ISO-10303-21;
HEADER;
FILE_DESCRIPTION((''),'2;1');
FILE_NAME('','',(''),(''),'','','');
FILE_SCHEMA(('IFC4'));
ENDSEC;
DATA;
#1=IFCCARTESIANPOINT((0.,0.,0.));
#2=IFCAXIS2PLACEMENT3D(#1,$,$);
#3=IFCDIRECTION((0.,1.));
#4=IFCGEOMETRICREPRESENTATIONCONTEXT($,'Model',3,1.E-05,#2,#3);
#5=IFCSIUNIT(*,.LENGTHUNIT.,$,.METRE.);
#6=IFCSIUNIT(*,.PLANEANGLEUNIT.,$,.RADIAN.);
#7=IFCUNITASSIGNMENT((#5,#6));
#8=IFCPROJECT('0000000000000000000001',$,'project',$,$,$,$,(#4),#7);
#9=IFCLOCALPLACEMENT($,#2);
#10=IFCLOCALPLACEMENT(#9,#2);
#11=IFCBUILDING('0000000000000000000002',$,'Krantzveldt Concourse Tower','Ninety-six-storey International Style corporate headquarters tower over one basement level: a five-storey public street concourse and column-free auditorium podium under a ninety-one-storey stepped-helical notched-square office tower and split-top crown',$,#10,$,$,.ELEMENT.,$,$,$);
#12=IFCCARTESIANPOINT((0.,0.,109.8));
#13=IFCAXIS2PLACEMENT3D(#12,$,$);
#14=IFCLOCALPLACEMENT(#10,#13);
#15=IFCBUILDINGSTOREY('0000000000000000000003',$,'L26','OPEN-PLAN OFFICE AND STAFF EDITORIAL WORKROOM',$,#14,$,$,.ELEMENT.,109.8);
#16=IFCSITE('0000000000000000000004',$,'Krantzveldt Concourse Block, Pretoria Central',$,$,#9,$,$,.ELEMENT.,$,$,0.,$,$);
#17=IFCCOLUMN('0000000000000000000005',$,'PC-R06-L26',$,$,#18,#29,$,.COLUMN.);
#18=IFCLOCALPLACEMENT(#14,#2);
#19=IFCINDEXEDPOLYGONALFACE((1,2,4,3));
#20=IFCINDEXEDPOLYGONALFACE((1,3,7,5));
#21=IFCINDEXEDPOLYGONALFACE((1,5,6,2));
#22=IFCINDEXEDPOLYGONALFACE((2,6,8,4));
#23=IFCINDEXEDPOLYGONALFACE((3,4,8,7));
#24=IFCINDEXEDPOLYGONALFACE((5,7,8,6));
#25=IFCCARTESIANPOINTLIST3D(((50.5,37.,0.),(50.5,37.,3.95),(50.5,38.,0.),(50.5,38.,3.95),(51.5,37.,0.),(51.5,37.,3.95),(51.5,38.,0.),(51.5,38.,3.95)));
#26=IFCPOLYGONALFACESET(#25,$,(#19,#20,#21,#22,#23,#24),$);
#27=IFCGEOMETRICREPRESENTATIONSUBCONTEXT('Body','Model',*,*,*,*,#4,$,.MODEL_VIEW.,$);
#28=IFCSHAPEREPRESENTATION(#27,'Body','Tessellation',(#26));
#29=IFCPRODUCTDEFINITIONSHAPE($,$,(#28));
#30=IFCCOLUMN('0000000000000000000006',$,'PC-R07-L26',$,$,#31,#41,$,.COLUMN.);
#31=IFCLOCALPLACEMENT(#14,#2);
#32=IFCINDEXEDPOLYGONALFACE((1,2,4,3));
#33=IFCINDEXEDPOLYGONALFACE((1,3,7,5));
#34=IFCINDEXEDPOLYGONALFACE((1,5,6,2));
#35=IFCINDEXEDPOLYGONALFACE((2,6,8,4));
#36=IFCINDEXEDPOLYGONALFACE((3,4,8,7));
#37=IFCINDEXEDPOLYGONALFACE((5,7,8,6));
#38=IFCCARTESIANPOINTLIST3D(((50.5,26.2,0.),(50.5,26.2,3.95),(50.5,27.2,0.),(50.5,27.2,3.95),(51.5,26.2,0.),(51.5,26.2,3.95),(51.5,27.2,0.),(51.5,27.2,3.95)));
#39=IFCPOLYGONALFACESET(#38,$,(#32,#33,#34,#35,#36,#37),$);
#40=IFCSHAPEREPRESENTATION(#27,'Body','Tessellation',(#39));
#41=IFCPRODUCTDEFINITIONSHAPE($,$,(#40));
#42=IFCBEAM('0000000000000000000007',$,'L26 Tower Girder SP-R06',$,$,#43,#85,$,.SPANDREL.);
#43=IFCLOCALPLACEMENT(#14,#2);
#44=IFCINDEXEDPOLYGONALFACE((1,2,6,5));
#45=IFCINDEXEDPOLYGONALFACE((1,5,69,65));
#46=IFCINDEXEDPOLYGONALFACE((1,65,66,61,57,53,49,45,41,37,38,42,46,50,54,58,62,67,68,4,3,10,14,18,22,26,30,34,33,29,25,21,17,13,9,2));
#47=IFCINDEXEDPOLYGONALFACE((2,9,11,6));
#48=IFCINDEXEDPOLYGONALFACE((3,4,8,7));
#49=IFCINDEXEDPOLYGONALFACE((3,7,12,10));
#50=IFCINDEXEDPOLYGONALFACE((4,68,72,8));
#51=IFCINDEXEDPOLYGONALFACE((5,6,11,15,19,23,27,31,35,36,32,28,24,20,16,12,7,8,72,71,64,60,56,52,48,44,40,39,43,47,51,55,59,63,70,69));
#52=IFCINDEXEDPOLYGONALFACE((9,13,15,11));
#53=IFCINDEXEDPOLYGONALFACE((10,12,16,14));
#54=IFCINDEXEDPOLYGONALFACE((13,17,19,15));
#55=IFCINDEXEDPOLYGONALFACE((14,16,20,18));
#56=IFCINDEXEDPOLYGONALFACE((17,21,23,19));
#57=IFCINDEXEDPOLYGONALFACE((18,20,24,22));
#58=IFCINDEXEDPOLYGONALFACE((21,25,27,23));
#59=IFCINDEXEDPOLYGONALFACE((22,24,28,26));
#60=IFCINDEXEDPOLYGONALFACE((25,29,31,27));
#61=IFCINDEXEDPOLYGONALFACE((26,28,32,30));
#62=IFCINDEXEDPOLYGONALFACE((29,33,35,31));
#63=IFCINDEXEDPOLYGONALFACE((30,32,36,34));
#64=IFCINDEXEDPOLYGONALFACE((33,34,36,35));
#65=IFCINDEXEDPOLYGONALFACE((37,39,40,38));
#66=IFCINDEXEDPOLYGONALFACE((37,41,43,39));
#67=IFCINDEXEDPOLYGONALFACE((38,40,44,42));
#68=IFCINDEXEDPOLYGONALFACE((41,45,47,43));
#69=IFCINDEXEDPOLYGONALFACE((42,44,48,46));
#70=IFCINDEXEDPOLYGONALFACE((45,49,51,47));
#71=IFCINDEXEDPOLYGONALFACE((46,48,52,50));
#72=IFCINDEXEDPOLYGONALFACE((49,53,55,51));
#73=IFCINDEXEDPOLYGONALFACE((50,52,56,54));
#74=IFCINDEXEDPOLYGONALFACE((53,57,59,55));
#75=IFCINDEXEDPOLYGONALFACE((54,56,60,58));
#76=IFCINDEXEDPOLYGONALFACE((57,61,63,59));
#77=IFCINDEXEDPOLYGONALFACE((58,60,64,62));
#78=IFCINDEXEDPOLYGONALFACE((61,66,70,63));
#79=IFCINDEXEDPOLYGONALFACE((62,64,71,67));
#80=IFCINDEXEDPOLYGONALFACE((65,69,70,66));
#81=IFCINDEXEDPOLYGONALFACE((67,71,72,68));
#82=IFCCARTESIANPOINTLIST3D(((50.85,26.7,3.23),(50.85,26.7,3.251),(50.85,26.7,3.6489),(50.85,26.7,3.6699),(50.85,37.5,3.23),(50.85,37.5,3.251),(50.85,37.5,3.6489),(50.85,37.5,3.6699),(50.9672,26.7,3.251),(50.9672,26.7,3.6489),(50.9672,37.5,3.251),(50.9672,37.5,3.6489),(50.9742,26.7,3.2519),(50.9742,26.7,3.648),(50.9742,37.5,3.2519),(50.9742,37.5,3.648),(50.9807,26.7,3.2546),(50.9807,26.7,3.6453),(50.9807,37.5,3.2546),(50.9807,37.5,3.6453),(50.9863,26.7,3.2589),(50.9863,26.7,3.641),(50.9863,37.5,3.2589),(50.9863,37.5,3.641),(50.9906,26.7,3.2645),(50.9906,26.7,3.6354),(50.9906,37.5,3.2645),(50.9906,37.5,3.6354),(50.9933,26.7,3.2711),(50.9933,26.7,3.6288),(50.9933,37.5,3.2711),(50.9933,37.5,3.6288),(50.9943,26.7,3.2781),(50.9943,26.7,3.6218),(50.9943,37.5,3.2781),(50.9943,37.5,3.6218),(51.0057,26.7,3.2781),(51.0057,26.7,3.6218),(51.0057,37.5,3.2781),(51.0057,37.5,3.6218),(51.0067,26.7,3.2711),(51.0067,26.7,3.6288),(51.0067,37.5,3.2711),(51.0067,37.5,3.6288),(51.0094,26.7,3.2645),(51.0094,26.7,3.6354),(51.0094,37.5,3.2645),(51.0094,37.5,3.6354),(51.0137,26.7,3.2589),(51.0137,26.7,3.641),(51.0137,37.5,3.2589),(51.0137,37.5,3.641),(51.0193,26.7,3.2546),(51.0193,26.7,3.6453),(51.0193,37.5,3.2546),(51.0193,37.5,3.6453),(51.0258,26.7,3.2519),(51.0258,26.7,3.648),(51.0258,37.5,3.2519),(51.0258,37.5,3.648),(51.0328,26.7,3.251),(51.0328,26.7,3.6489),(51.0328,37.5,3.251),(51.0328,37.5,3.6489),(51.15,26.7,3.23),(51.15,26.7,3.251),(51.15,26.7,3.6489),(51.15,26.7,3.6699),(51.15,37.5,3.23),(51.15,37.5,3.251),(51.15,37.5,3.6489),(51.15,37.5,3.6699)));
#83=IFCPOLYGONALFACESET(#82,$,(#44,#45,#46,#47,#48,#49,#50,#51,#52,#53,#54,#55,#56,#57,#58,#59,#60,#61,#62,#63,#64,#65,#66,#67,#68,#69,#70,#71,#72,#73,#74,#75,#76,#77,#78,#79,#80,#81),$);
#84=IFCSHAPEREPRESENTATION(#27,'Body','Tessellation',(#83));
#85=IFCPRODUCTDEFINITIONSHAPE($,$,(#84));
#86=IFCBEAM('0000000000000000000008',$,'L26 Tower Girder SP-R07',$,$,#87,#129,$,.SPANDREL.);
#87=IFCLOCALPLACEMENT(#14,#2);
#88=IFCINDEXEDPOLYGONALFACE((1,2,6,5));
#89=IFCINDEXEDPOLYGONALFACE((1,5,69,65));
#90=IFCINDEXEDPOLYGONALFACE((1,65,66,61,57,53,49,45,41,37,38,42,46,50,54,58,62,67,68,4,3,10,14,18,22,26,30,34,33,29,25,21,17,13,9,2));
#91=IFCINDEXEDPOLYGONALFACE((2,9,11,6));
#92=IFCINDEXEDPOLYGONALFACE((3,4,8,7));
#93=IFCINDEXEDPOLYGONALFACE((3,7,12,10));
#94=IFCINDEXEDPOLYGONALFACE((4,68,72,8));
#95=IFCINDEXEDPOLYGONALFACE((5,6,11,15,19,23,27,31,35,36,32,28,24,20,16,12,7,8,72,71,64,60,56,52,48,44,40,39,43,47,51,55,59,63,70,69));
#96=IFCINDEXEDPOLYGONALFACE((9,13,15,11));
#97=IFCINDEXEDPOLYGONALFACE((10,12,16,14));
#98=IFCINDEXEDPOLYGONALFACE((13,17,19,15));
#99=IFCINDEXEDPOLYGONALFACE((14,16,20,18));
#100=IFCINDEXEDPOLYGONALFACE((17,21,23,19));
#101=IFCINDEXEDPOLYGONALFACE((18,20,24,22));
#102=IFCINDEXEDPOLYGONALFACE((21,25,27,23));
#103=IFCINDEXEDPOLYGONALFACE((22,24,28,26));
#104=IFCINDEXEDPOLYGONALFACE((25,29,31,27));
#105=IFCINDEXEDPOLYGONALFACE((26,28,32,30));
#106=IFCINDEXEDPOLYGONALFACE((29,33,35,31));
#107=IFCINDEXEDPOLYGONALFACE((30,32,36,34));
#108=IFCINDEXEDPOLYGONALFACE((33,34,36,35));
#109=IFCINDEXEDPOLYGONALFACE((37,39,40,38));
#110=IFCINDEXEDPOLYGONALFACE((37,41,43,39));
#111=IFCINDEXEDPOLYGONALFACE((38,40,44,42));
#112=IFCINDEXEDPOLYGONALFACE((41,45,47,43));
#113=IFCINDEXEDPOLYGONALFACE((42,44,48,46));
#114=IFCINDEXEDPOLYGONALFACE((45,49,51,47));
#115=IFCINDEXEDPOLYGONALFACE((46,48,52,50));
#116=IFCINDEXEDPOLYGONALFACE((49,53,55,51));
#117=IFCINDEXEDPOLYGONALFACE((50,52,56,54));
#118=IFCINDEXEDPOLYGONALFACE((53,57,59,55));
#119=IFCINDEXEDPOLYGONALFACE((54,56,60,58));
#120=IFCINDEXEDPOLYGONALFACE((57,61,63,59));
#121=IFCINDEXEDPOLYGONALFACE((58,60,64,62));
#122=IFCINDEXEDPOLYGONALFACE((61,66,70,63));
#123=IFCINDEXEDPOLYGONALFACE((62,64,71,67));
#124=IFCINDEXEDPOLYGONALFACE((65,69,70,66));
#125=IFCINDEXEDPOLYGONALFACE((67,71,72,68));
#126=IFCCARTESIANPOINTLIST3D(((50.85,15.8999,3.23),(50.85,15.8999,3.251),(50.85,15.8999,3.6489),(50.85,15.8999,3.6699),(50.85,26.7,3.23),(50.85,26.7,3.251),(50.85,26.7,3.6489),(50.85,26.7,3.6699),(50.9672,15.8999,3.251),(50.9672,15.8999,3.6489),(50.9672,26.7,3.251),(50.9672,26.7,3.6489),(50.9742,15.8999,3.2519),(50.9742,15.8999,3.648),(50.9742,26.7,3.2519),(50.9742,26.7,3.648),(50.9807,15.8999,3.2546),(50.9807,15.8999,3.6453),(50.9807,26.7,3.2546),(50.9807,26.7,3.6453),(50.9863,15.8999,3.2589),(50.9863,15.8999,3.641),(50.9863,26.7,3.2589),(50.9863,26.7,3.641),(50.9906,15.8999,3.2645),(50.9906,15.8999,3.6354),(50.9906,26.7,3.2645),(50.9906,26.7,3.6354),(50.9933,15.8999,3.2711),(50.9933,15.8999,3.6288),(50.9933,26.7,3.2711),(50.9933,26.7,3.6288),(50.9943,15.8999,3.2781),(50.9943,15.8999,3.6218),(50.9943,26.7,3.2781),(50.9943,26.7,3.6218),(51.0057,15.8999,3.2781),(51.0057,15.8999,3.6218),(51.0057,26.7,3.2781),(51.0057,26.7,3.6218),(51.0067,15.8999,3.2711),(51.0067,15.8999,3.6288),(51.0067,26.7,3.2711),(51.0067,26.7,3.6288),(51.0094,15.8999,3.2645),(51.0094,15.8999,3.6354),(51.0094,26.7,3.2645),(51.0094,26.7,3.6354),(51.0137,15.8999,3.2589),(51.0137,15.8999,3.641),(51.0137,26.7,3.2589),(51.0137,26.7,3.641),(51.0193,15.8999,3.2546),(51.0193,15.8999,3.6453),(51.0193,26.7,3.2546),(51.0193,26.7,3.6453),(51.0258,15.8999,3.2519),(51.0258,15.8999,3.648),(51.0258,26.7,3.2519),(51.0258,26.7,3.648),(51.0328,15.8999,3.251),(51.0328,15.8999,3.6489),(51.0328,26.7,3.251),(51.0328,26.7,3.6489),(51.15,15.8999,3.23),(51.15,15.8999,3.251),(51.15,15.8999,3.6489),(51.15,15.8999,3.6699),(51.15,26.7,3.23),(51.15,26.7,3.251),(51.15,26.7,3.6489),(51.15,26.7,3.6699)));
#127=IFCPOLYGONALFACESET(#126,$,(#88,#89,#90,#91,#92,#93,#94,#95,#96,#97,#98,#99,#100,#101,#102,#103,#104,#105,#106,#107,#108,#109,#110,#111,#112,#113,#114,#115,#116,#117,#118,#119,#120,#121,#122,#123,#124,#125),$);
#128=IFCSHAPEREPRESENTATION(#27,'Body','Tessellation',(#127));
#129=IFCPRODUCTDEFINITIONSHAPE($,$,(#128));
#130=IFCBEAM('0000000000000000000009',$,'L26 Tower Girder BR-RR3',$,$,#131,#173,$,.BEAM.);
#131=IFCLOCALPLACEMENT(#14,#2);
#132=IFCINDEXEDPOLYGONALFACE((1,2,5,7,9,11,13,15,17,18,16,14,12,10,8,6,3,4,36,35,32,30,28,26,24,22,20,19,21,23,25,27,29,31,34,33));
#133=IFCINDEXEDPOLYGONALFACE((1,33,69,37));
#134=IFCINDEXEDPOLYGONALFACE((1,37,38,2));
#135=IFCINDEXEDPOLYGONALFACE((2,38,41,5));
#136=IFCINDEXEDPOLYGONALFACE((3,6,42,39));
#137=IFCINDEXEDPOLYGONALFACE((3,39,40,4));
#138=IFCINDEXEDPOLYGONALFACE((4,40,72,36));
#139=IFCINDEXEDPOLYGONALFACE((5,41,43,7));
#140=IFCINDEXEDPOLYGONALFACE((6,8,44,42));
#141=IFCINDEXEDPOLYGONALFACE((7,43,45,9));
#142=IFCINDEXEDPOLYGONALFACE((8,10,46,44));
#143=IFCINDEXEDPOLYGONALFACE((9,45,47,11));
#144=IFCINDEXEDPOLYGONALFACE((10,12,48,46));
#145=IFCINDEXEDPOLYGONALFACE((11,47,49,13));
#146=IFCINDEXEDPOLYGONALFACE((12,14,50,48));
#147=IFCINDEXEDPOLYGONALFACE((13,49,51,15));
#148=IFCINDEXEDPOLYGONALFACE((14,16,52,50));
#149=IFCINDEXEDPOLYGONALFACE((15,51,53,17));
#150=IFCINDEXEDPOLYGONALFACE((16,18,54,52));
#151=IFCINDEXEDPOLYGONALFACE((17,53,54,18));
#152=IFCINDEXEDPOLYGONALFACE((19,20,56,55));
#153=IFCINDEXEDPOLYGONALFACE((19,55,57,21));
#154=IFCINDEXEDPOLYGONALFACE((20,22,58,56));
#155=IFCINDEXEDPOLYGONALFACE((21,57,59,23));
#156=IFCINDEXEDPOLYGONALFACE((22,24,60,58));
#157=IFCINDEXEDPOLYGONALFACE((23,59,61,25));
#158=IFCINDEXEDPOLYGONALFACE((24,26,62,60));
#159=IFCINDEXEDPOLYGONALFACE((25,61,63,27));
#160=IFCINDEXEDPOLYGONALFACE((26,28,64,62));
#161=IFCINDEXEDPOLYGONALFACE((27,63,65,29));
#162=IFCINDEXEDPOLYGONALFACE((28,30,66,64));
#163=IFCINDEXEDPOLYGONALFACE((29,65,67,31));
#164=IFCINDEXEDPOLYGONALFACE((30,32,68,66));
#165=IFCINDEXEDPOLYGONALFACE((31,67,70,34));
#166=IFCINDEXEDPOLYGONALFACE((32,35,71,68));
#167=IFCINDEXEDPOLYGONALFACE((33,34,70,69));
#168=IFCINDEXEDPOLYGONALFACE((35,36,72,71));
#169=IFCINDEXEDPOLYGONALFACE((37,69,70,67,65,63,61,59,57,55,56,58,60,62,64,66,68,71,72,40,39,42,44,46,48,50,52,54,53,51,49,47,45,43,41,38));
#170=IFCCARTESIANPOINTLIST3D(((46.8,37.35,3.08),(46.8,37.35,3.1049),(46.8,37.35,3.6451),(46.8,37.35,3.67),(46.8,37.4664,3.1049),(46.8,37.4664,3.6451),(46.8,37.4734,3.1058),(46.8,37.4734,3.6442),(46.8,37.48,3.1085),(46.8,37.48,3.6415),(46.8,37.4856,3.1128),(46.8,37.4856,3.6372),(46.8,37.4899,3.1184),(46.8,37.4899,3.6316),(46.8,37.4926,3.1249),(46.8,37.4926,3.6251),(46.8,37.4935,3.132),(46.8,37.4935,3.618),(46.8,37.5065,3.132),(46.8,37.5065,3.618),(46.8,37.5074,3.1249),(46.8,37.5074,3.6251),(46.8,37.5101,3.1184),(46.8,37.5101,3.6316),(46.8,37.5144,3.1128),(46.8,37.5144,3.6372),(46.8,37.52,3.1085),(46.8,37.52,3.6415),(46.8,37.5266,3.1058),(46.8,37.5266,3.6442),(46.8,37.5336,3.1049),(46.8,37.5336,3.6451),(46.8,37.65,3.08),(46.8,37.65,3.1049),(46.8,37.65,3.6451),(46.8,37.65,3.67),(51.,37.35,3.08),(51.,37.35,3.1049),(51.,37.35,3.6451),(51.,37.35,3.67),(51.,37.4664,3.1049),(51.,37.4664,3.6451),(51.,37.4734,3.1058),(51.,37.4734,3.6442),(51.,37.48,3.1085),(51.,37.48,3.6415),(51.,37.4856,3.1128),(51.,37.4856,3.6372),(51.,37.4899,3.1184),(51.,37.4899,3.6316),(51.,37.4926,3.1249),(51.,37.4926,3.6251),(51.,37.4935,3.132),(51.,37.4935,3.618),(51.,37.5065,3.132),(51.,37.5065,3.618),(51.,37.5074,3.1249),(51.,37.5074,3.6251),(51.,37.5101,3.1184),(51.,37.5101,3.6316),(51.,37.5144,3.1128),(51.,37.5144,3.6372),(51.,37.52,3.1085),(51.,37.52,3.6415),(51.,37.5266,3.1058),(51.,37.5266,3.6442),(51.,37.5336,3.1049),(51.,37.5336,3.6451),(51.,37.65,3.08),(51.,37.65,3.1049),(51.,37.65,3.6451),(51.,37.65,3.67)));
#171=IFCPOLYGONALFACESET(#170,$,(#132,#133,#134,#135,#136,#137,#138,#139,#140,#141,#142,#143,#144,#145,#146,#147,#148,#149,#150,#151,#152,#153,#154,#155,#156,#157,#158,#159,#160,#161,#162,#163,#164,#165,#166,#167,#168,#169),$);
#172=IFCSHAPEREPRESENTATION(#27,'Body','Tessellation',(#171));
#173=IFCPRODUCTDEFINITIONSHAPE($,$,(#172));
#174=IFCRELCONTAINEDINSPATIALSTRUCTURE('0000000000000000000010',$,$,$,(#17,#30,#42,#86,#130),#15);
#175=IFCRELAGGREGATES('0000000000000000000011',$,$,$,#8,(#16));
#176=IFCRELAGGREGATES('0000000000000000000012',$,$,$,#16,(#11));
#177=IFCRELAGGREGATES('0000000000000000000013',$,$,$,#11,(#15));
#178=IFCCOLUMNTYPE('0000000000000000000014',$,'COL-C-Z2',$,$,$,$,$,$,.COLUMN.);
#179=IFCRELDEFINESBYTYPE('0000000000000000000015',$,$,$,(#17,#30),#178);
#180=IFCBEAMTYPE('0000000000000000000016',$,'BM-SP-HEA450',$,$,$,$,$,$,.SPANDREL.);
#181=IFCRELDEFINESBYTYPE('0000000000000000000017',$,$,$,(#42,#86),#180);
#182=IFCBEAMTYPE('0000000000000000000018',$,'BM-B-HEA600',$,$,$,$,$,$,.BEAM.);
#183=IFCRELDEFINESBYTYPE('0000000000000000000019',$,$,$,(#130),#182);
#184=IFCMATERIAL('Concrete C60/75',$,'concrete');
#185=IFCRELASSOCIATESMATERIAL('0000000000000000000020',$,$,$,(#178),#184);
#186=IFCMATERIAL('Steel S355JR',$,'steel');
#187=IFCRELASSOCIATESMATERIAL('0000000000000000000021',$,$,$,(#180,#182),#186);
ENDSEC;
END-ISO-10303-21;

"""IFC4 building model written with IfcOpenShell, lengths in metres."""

from ifc_helpers import new_model, si_unit, direction, frame, origin, origin_2d, place, context, subcontext, project, spatial, rectangle, i_section, extrude, source, transform, mapped, material, material_profile, profile_set, type_object, type_shapes, element, save


model = new_model("IFC4")

# Units and contexts
model_context = context("Model", 3, precision=1e-05, world=origin(), true_north=direction((0.0, 1.0)))
body_context = subcontext(model_context, "Body", "Model", "MODEL_VIEW")
ifc_project = project(units=[si_unit("LENGTHUNIT", "METRE"), si_unit("PLANEANGLEUNIT", "RADIAN")], contexts=[model_context])

# Site, building, storey
site_placement = place(None, origin())
site = spatial("IfcSite", under=ifc_project, at=site_placement, Name="Krantzveldt Concourse Block, Pretoria Central", CompositionType="ELEMENT", RefElevation=0.0)
building_placement = place(site_placement, origin())
building = spatial("IfcBuilding", under=site, at=building_placement, Name="Krantzveldt Concourse Tower", Description="Ninety-six-storey International Style corporate headquarters tower over one basement level: a five-storey public street concourse and column-free auditorium podium under a ninety-one-storey stepped-helical notched-square office tower and split-top crown", CompositionType="ELEMENT")
storey_placement = place(building_placement, frame((0.0, 0.0, 109.8)))
storey = spatial("IfcBuildingStorey", under=building, at=storey_placement, Name="L26", Description="OPEN-PLAN OFFICE AND STAFF EDITORIAL WORKROOM", CompositionType="ELEMENT", Elevation=109.8)

# Columns
ifc_material_1 = material(Name="Concrete C60/75", Category="concrete")
ifc_material_profile_1 = material_profile(ifc_material_1, rectangle(XDim=1.0, YDim=1.0, at=origin_2d()), Name="Concrete C60/75", Category="concrete")
ifc_profile_set_1 = profile_set([ifc_material_profile_1], Name="Concrete C60/75 - RC 1000x1000")
column_type = type_object("IfcColumnType", Name="COL-C-Z2", PredefinedType="COLUMN", material=ifc_profile_set_1)
shared_shape_1 = source(origin(), body_context, "Body", "SweptSolid", [
    extrude(rectangle(XDim=1.0, YDim=1.0, at=origin_2d()), origin(), (0.0, 0.0, 1.0), 3.95),
])
type_shapes(column_type, [shared_shape_1])
for number, where, z_axis, x_axis, name in (
    (1, (51.0, 37.5, 0.0), (0.0, 0.0, 1.0), (1.0, 0.0, 0.0), "PC-R06-L26"),
    (2, (51.0, 26.7, 0.0), (0.0, 0.0, 1.0), (1.0, 0.0, 0.0), "PC-R07-L26"),
):
    element("IfcColumn", number, at=place(storey_placement, frame(where, z_axis=z_axis, x_axis=x_axis)), inside=storey, type_object=column_type, Name=name, PredefinedType="COLUMN", context=body_context, shape_type="MappedRepresentation", body=[
        mapped(shared_shape_1, transform((0.0, 0.0, 0.0), x_axis=(1.0, 0.0, 0.0), y_axis=(0.0, 1.0, 0.0), z_axis=(0.0, 0.0, 1.0), scale=1.0)),
    ])

# Beams
ifc_material_2 = material(Name="Steel S355JR", Category="steel")
ifc_material_profile_2 = material_profile(ifc_material_2, i_section(OverallWidth=0.3, OverallDepth=0.4399, WebThickness=0.0115, FlangeThickness=0.021, FilletRadius=0.0271, at=origin_2d()), Name="Steel S355JR", Category="steel")
ifc_profile_set_2 = profile_set([ifc_material_profile_2], Name="Steel S355JR - HEA 450")
beam_type_1 = type_object("IfcBeamType", Name="BM-SP-HEA450", PredefinedType="SPANDREL", material=ifc_profile_set_2)
shared_shape_2 = source(origin(), body_context, "Body", "SweptSolid", [
    extrude(i_section(OverallWidth=0.3, OverallDepth=0.4399, WebThickness=0.0115, FlangeThickness=0.021, FilletRadius=0.0271, at=origin_2d()), origin(), (0.0, 0.0, 1.0), 10.8),
])
type_shapes(beam_type_1, [shared_shape_2])
for number, where, z_axis, x_axis, name in (
    (3, (51.0, 37.5, 3.45), (0.0, -1.0, 0.0), (1.0, 0.0, 0.0), "L26 Tower Girder SP-R06"),
    (4, (51.0, 26.7, 3.45), (0.0, -1.0, 0.0), (1.0, 0.0, 0.0), "L26 Tower Girder SP-R07"),
):
    element("IfcBeam", number, at=place(storey_placement, frame(where, z_axis=z_axis, x_axis=x_axis)), inside=storey, type_object=beam_type_1, Name=name, PredefinedType="SPANDREL", context=body_context, shape_type="MappedRepresentation", body=[
        mapped(shared_shape_2, transform((0.0, 0.0, 0.0), x_axis=(1.0, 0.0, 0.0), y_axis=(0.0, 1.0, 0.0), z_axis=(0.0, 0.0, 1.0), scale=1.0)),
    ])
ifc_material_profile_3 = material_profile(ifc_material_2, i_section(OverallWidth=0.3, OverallDepth=0.5901, WebThickness=0.0129, FlangeThickness=0.0249, FilletRadius=0.0271, at=origin_2d()), Name="Steel S355JR", Category="steel")
ifc_profile_set_3 = profile_set([ifc_material_profile_3], Name="Steel S355JR - HEA 600")
beam_type_2 = type_object("IfcBeamType", Name="BM-B-HEA600", PredefinedType="BEAM", material=ifc_profile_set_3)
shared_shape_3 = source(origin(), body_context, "Body", "SweptSolid", [
    extrude(i_section(OverallWidth=0.3, OverallDepth=0.5901, WebThickness=0.0129, FlangeThickness=0.0249, FilletRadius=0.0271, at=origin_2d()), origin(), (0.0, 0.0, 1.0), 4.2),
])
type_shapes(beam_type_2, [shared_shape_3])
beam_placement = place(storey_placement, frame((46.8, 37.5, 3.375), z_axis=(1.0, 0.0, 0.0), x_axis=(0.0, 1.0, 0.0)))
element("IfcBeam", 5, at=beam_placement, inside=storey, type_object=beam_type_2, Name="L26 Tower Girder BR-RR3", PredefinedType="BEAM", context=body_context, shape_type="MappedRepresentation", body=[
    mapped(shared_shape_3, transform((0.0, 0.0, 0.0), x_axis=(1.0, 0.0, 0.0), y_axis=(0.0, 1.0, 0.0), z_axis=(0.0, 0.0, 1.0), scale=1.0)),
])

save(model, "model.ifc")
